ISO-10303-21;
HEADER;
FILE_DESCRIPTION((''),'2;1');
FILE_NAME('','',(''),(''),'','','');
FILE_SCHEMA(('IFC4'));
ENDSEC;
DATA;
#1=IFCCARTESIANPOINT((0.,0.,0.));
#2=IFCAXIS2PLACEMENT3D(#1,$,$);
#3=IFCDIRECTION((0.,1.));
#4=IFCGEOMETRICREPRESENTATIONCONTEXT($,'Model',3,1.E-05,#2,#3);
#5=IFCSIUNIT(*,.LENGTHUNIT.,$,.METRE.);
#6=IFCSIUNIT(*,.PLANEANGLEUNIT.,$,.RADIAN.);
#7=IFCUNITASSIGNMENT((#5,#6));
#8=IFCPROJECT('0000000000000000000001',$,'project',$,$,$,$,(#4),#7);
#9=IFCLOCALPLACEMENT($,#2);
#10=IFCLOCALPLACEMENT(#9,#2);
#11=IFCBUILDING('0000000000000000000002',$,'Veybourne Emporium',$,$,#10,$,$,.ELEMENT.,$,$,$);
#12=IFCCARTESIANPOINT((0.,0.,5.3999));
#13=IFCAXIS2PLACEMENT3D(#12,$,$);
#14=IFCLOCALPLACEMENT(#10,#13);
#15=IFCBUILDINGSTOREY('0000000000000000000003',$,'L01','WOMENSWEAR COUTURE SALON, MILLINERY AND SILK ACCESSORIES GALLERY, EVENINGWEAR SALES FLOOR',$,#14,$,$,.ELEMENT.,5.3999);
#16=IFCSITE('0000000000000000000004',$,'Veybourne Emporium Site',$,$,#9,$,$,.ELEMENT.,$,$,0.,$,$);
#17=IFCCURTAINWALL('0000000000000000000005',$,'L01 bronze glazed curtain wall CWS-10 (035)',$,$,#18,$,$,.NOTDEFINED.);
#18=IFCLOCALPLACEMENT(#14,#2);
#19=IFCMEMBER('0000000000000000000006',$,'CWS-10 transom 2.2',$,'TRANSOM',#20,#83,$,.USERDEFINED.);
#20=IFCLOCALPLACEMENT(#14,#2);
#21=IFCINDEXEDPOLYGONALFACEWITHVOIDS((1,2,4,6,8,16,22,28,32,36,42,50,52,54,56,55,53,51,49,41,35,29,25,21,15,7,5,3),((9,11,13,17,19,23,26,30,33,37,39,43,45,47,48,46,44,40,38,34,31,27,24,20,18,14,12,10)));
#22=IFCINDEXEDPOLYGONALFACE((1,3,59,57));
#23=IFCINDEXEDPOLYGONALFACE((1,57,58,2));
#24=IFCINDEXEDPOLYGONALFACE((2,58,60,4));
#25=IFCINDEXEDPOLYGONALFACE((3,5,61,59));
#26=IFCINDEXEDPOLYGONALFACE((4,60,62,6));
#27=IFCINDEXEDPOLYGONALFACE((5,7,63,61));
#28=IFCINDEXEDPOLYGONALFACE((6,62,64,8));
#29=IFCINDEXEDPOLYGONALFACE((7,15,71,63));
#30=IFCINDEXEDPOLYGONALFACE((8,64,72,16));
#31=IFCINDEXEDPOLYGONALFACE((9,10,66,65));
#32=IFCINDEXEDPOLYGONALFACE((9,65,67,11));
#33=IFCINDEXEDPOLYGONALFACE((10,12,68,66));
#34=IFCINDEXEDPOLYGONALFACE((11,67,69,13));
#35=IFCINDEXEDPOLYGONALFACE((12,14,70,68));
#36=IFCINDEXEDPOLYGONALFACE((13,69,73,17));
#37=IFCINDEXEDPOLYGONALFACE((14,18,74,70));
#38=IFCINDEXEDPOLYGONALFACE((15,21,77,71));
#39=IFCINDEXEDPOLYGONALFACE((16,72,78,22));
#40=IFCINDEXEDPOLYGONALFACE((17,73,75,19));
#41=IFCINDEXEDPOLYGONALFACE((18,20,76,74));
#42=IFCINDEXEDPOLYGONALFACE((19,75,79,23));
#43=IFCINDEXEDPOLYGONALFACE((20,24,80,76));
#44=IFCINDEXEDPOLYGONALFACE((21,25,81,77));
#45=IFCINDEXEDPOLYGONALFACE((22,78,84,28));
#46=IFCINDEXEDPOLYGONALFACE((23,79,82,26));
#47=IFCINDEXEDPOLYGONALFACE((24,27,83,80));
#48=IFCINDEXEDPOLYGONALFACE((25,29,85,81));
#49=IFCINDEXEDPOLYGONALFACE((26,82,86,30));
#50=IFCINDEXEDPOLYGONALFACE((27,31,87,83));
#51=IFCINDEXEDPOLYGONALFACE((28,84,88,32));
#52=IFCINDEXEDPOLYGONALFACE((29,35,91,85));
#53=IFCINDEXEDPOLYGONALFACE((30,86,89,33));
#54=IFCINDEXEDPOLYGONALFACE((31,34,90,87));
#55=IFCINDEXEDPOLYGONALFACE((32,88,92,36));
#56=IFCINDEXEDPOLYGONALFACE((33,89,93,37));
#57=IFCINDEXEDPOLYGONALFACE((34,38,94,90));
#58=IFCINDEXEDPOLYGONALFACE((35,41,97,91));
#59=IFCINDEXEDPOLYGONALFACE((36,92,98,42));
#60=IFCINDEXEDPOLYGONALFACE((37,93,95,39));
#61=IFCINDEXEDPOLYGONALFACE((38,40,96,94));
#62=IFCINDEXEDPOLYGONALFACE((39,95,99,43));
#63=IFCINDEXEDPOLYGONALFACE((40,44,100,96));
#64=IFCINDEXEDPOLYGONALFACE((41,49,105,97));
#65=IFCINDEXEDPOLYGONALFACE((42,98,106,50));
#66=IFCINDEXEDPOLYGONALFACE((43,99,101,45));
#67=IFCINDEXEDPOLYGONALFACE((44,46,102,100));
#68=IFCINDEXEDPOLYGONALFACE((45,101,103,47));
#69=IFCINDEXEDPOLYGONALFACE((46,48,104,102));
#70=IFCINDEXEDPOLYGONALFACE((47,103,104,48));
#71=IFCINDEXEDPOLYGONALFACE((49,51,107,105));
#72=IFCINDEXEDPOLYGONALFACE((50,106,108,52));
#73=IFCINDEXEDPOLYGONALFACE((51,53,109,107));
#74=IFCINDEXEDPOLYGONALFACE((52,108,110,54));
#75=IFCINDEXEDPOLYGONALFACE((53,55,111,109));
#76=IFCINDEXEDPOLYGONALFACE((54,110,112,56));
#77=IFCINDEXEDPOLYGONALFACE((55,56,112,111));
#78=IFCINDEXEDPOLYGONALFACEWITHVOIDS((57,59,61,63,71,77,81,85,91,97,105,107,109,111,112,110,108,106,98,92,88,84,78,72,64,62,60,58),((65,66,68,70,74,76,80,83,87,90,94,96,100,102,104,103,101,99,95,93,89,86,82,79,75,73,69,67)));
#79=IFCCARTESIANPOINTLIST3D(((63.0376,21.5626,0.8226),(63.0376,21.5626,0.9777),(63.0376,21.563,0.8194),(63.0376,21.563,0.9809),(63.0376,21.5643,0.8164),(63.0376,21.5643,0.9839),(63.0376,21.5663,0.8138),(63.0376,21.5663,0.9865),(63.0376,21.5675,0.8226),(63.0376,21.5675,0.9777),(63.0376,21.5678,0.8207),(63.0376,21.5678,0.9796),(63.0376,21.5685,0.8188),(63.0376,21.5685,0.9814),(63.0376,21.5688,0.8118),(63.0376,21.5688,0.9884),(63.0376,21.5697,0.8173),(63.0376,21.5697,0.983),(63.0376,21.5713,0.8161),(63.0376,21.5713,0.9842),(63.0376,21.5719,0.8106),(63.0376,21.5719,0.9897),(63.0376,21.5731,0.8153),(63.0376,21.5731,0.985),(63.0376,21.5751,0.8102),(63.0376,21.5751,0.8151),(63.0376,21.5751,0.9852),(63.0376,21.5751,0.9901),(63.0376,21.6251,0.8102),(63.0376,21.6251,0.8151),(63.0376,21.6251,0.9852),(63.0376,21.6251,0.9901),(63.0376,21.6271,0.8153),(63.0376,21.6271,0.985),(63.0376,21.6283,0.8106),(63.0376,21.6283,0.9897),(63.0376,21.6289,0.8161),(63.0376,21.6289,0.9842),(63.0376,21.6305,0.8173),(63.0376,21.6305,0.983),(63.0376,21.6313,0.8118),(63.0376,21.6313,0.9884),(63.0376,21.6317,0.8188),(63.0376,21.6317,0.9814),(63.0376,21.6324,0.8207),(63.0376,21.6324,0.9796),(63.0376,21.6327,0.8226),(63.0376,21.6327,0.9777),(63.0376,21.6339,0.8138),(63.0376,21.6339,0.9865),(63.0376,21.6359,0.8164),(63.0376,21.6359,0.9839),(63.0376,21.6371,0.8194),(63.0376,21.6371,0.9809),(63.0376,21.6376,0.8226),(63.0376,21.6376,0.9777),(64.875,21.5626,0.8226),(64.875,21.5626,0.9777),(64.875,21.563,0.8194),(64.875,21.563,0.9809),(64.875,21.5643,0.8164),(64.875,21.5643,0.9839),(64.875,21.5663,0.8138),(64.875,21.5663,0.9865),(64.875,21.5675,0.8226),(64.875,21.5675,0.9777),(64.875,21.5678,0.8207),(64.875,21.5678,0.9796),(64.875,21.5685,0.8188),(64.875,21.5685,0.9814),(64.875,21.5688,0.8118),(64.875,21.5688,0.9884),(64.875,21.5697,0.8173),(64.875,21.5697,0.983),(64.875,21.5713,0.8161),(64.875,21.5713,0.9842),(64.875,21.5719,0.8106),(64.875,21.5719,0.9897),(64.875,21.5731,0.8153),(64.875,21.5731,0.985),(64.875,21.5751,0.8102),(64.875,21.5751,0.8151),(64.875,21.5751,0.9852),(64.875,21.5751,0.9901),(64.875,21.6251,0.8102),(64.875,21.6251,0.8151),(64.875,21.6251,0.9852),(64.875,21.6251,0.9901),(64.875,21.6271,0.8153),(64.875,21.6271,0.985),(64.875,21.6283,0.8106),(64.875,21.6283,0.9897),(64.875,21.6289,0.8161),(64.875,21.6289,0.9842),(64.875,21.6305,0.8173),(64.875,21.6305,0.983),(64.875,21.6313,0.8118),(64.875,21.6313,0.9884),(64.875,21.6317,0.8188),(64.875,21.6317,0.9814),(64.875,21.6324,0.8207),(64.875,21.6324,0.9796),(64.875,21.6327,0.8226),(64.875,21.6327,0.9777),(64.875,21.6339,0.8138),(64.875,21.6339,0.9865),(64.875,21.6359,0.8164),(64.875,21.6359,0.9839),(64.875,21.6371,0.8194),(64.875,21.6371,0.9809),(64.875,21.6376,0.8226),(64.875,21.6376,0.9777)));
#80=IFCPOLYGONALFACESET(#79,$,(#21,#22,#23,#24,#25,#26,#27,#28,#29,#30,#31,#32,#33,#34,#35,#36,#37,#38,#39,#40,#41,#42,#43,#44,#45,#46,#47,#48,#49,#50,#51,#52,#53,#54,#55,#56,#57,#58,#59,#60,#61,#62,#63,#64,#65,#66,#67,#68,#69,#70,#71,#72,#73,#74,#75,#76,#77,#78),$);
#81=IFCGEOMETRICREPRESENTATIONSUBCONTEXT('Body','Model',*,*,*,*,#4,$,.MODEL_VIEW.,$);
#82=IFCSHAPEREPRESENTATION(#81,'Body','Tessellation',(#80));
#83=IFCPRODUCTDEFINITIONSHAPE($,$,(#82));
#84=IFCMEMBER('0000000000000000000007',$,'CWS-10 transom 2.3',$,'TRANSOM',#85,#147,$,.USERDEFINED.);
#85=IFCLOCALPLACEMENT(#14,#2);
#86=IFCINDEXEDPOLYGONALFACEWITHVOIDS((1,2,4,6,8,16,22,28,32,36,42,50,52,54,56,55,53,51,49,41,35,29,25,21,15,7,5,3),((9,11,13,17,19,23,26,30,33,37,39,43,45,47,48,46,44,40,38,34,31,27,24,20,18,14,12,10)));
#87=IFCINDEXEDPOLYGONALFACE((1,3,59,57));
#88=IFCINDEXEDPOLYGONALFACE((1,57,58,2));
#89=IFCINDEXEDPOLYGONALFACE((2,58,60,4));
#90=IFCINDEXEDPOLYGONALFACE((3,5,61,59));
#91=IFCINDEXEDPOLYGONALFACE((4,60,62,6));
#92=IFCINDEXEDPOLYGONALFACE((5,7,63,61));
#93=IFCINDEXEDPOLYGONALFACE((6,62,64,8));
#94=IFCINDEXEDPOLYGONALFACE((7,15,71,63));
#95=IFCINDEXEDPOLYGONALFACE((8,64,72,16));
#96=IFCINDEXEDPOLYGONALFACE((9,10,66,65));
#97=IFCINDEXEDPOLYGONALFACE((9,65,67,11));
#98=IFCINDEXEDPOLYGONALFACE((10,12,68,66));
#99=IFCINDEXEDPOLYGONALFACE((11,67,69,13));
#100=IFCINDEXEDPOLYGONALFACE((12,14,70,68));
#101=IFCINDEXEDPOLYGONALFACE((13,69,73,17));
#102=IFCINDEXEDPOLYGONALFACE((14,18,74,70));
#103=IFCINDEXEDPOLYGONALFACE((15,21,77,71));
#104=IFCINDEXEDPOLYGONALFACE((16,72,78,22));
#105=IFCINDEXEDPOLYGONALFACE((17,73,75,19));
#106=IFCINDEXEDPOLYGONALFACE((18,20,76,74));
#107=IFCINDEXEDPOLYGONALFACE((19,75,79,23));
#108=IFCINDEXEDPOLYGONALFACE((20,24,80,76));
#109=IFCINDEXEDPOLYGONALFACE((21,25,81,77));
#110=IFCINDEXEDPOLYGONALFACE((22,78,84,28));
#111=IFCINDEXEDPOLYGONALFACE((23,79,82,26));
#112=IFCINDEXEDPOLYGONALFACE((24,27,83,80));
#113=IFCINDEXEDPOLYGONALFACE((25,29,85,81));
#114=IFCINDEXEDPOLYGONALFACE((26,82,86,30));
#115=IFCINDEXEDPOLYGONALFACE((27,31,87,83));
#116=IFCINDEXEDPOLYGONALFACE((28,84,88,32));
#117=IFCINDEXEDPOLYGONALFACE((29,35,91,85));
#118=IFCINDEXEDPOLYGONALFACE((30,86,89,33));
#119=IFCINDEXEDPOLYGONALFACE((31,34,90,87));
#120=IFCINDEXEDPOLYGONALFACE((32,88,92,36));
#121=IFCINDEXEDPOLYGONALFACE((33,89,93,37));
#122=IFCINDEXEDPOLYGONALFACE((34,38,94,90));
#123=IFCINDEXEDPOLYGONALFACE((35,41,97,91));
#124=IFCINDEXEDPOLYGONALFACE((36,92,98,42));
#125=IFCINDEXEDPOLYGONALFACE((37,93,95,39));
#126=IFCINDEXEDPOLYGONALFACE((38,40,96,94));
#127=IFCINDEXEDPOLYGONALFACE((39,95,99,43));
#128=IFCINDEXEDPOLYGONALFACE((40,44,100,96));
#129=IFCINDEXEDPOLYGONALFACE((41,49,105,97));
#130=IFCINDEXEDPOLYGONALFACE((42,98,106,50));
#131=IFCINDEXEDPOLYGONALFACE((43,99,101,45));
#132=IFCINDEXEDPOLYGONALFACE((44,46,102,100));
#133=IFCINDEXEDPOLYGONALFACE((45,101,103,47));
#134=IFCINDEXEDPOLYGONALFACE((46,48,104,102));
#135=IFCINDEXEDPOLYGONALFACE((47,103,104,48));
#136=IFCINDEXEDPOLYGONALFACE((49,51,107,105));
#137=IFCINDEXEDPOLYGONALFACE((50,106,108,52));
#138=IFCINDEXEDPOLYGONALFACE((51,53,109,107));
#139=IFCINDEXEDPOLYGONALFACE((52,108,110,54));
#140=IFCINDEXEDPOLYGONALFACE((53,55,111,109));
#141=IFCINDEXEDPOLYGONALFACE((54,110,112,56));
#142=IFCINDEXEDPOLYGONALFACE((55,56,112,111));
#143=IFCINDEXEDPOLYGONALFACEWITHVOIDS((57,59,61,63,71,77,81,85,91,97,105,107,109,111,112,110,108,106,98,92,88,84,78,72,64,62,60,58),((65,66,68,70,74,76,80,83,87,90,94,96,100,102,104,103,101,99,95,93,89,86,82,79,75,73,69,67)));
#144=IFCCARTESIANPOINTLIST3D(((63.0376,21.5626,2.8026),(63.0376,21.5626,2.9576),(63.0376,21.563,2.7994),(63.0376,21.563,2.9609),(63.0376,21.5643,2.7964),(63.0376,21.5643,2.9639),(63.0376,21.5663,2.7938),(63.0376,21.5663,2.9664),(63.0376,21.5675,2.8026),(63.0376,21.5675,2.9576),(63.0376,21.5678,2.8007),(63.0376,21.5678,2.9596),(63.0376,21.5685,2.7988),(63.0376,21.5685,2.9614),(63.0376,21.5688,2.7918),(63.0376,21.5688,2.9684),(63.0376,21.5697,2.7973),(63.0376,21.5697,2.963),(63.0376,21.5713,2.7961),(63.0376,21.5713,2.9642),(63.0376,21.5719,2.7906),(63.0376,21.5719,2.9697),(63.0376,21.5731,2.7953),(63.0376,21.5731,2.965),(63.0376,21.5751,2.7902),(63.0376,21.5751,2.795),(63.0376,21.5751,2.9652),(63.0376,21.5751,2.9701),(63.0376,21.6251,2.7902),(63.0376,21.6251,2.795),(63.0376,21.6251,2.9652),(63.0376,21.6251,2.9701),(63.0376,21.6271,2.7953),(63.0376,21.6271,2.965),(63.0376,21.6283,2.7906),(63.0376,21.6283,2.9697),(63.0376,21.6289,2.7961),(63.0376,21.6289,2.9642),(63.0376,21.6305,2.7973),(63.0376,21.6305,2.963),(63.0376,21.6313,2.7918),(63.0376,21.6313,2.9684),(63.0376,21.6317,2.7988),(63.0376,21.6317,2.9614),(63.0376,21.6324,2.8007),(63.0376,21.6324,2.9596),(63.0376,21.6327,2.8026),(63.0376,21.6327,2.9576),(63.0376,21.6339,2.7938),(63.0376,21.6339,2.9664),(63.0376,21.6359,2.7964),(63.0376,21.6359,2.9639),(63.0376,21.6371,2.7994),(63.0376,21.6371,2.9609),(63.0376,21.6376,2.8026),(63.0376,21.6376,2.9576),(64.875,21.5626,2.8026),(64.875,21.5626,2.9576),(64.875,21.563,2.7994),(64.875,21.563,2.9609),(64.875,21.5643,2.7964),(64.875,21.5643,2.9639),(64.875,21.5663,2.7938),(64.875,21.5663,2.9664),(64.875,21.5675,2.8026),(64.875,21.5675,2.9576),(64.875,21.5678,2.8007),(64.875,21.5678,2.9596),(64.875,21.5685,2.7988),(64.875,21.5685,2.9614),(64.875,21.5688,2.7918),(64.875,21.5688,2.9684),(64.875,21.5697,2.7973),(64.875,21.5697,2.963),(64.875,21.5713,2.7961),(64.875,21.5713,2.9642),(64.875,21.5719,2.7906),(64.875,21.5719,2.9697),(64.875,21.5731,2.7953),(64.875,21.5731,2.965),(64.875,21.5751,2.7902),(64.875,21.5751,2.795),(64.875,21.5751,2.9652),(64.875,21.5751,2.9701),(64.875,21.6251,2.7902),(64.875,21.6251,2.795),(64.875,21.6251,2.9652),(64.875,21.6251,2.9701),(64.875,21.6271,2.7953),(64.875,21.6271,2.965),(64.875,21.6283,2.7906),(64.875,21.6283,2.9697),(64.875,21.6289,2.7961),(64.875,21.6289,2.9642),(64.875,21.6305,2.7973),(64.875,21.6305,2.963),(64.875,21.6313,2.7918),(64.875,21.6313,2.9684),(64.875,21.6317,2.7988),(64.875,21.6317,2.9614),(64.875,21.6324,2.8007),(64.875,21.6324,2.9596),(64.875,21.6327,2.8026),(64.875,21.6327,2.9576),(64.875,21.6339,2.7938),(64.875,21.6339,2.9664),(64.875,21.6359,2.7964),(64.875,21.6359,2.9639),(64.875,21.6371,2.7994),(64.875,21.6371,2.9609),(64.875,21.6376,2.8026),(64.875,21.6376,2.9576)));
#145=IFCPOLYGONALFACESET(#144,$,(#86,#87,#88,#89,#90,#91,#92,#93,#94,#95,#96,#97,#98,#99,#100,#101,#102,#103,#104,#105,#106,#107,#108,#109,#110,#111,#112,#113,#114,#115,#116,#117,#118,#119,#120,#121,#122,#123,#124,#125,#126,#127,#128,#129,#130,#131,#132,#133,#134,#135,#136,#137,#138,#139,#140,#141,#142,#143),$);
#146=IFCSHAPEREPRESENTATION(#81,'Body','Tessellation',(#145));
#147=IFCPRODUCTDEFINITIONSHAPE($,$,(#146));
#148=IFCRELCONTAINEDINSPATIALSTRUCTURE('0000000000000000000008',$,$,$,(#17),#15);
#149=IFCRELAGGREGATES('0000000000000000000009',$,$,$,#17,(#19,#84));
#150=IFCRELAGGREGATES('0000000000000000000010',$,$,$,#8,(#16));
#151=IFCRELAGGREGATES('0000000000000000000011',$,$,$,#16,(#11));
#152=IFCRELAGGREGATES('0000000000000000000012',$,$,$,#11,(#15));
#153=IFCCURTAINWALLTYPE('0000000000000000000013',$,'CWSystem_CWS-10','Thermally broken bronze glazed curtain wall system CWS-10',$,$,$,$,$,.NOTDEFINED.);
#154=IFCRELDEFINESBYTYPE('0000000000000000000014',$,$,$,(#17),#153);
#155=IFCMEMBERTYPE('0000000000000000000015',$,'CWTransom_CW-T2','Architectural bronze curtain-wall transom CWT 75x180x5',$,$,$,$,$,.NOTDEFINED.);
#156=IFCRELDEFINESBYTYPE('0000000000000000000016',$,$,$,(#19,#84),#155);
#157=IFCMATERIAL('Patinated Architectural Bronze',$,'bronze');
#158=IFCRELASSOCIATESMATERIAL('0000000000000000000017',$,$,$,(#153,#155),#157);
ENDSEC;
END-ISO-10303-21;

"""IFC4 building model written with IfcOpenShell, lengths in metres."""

from ifc_helpers import new_model, si_unit, direction, frame, origin, origin_2d, place, context, subcontext, project, spatial, hollow_rectangle, extrude, material, material_profile, profile_set, type_object, element, aggregate, save


model = new_model("IFC4")

# Units and contexts
model_context = context("Model", 3, precision=1e-05, world=origin(), true_north=direction((0.0, 1.0)))
body_context = subcontext(model_context, "Body", "Model", "MODEL_VIEW")
ifc_project = project(units=[si_unit("LENGTHUNIT", "METRE"), si_unit("PLANEANGLEUNIT", "RADIAN")], contexts=[model_context])

# Site, building, storey
site_placement = place(None, origin())
site = spatial("IfcSite", under=ifc_project, at=site_placement, Name="Veybourne Emporium Site", CompositionType="ELEMENT", RefElevation=0.0)
building_placement = place(site_placement, origin())
building = spatial("IfcBuilding", under=site, at=building_placement, Name="Veybourne Emporium", CompositionType="ELEMENT")
storey_placement = place(building_placement, frame((0.0, 0.0, 5.3999)))
storey = spatial("IfcBuildingStorey", under=building, at=storey_placement, Name="L01", Description="WOMENSWEAR COUTURE SALON, MILLINERY AND SILK ACCESSORIES GALLERY, EVENINGWEAR SALES FLOOR", CompositionType="ELEMENT", Elevation=5.3999)

# Curtain wall
ifc_material_1 = material(Name="Patinated Architectural Bronze", Category="bronze")
curtain_wall_type_1 = type_object("IfcCurtainWallType", Name="CWSystem_CWS-10", Description="Thermally broken bronze glazed curtain wall system CWS-10", PredefinedType="NOTDEFINED", material=ifc_material_1)
curtain_wall_1_placement = place(storey_placement, origin())
curtain_wall_1 = element("IfcCurtainWall", 1, at=curtain_wall_1_placement, inside=storey, type_object=curtain_wall_type_1, Name="L01 bronze glazed curtain wall CWS-10 (035)", PredefinedType="NOTDEFINED")

# Members
ifc_material_profile_1 = material_profile(ifc_material_1, hollow_rectangle(XDim=0.075, YDim=0.1799, WallThickness=0.0049, InnerFilletRadius=0.0076, OuterFilletRadius=0.0125, at=origin_2d()), Name="CWT 75x180x5")
ifc_profile_set_1 = profile_set([ifc_material_profile_1], Name="Patinated Architectural Bronze")
member_type_1 = type_object("IfcMemberType", Name="CWTransom_CW-T2", Description="Architectural bronze curtain-wall transom CWT 75x180x5", PredefinedType="NOTDEFINED", material=ifc_profile_set_1)
member_1_placement = place(storey_placement, frame((64.875, 21.6001, 0.9001), z_axis=(-1.0, 0.0, 0.0), x_axis=(0.0, -1.0, 0.0)))
member_1 = element("IfcMember", 2, at=member_1_placement, type_object=member_type_1, Name="CWS-10 transom 2.2", ObjectType="TRANSOM", PredefinedType="USERDEFINED", context=body_context, shape_type="SweptSolid", body=[
    extrude(hollow_rectangle(XDim=0.075, YDim=0.1799, WallThickness=0.0049, InnerFilletRadius=0.0076, OuterFilletRadius=0.0125, at=origin_2d()), origin(), (0.0, 0.0, 1.0), 1.8374),
])
member_2_placement = place(storey_placement, frame((64.875, 21.6001, 2.8801), z_axis=(-1.0, 0.0, 0.0), x_axis=(0.0, -1.0, 0.0)))
member_2 = element("IfcMember", 3, at=member_2_placement, type_object=member_type_1, Name="CWS-10 transom 2.3", ObjectType="TRANSOM", PredefinedType="USERDEFINED", context=body_context, shape_type="SweptSolid", body=[
    extrude(hollow_rectangle(XDim=0.075, YDim=0.1799, WallThickness=0.0049, InnerFilletRadius=0.0076, OuterFilletRadius=0.0125, at=origin_2d()), origin(), (0.0, 0.0, 1.0), 1.8374),
])

aggregate(curtain_wall_1, [member_1, member_2])

save(model, "model.ifc")
